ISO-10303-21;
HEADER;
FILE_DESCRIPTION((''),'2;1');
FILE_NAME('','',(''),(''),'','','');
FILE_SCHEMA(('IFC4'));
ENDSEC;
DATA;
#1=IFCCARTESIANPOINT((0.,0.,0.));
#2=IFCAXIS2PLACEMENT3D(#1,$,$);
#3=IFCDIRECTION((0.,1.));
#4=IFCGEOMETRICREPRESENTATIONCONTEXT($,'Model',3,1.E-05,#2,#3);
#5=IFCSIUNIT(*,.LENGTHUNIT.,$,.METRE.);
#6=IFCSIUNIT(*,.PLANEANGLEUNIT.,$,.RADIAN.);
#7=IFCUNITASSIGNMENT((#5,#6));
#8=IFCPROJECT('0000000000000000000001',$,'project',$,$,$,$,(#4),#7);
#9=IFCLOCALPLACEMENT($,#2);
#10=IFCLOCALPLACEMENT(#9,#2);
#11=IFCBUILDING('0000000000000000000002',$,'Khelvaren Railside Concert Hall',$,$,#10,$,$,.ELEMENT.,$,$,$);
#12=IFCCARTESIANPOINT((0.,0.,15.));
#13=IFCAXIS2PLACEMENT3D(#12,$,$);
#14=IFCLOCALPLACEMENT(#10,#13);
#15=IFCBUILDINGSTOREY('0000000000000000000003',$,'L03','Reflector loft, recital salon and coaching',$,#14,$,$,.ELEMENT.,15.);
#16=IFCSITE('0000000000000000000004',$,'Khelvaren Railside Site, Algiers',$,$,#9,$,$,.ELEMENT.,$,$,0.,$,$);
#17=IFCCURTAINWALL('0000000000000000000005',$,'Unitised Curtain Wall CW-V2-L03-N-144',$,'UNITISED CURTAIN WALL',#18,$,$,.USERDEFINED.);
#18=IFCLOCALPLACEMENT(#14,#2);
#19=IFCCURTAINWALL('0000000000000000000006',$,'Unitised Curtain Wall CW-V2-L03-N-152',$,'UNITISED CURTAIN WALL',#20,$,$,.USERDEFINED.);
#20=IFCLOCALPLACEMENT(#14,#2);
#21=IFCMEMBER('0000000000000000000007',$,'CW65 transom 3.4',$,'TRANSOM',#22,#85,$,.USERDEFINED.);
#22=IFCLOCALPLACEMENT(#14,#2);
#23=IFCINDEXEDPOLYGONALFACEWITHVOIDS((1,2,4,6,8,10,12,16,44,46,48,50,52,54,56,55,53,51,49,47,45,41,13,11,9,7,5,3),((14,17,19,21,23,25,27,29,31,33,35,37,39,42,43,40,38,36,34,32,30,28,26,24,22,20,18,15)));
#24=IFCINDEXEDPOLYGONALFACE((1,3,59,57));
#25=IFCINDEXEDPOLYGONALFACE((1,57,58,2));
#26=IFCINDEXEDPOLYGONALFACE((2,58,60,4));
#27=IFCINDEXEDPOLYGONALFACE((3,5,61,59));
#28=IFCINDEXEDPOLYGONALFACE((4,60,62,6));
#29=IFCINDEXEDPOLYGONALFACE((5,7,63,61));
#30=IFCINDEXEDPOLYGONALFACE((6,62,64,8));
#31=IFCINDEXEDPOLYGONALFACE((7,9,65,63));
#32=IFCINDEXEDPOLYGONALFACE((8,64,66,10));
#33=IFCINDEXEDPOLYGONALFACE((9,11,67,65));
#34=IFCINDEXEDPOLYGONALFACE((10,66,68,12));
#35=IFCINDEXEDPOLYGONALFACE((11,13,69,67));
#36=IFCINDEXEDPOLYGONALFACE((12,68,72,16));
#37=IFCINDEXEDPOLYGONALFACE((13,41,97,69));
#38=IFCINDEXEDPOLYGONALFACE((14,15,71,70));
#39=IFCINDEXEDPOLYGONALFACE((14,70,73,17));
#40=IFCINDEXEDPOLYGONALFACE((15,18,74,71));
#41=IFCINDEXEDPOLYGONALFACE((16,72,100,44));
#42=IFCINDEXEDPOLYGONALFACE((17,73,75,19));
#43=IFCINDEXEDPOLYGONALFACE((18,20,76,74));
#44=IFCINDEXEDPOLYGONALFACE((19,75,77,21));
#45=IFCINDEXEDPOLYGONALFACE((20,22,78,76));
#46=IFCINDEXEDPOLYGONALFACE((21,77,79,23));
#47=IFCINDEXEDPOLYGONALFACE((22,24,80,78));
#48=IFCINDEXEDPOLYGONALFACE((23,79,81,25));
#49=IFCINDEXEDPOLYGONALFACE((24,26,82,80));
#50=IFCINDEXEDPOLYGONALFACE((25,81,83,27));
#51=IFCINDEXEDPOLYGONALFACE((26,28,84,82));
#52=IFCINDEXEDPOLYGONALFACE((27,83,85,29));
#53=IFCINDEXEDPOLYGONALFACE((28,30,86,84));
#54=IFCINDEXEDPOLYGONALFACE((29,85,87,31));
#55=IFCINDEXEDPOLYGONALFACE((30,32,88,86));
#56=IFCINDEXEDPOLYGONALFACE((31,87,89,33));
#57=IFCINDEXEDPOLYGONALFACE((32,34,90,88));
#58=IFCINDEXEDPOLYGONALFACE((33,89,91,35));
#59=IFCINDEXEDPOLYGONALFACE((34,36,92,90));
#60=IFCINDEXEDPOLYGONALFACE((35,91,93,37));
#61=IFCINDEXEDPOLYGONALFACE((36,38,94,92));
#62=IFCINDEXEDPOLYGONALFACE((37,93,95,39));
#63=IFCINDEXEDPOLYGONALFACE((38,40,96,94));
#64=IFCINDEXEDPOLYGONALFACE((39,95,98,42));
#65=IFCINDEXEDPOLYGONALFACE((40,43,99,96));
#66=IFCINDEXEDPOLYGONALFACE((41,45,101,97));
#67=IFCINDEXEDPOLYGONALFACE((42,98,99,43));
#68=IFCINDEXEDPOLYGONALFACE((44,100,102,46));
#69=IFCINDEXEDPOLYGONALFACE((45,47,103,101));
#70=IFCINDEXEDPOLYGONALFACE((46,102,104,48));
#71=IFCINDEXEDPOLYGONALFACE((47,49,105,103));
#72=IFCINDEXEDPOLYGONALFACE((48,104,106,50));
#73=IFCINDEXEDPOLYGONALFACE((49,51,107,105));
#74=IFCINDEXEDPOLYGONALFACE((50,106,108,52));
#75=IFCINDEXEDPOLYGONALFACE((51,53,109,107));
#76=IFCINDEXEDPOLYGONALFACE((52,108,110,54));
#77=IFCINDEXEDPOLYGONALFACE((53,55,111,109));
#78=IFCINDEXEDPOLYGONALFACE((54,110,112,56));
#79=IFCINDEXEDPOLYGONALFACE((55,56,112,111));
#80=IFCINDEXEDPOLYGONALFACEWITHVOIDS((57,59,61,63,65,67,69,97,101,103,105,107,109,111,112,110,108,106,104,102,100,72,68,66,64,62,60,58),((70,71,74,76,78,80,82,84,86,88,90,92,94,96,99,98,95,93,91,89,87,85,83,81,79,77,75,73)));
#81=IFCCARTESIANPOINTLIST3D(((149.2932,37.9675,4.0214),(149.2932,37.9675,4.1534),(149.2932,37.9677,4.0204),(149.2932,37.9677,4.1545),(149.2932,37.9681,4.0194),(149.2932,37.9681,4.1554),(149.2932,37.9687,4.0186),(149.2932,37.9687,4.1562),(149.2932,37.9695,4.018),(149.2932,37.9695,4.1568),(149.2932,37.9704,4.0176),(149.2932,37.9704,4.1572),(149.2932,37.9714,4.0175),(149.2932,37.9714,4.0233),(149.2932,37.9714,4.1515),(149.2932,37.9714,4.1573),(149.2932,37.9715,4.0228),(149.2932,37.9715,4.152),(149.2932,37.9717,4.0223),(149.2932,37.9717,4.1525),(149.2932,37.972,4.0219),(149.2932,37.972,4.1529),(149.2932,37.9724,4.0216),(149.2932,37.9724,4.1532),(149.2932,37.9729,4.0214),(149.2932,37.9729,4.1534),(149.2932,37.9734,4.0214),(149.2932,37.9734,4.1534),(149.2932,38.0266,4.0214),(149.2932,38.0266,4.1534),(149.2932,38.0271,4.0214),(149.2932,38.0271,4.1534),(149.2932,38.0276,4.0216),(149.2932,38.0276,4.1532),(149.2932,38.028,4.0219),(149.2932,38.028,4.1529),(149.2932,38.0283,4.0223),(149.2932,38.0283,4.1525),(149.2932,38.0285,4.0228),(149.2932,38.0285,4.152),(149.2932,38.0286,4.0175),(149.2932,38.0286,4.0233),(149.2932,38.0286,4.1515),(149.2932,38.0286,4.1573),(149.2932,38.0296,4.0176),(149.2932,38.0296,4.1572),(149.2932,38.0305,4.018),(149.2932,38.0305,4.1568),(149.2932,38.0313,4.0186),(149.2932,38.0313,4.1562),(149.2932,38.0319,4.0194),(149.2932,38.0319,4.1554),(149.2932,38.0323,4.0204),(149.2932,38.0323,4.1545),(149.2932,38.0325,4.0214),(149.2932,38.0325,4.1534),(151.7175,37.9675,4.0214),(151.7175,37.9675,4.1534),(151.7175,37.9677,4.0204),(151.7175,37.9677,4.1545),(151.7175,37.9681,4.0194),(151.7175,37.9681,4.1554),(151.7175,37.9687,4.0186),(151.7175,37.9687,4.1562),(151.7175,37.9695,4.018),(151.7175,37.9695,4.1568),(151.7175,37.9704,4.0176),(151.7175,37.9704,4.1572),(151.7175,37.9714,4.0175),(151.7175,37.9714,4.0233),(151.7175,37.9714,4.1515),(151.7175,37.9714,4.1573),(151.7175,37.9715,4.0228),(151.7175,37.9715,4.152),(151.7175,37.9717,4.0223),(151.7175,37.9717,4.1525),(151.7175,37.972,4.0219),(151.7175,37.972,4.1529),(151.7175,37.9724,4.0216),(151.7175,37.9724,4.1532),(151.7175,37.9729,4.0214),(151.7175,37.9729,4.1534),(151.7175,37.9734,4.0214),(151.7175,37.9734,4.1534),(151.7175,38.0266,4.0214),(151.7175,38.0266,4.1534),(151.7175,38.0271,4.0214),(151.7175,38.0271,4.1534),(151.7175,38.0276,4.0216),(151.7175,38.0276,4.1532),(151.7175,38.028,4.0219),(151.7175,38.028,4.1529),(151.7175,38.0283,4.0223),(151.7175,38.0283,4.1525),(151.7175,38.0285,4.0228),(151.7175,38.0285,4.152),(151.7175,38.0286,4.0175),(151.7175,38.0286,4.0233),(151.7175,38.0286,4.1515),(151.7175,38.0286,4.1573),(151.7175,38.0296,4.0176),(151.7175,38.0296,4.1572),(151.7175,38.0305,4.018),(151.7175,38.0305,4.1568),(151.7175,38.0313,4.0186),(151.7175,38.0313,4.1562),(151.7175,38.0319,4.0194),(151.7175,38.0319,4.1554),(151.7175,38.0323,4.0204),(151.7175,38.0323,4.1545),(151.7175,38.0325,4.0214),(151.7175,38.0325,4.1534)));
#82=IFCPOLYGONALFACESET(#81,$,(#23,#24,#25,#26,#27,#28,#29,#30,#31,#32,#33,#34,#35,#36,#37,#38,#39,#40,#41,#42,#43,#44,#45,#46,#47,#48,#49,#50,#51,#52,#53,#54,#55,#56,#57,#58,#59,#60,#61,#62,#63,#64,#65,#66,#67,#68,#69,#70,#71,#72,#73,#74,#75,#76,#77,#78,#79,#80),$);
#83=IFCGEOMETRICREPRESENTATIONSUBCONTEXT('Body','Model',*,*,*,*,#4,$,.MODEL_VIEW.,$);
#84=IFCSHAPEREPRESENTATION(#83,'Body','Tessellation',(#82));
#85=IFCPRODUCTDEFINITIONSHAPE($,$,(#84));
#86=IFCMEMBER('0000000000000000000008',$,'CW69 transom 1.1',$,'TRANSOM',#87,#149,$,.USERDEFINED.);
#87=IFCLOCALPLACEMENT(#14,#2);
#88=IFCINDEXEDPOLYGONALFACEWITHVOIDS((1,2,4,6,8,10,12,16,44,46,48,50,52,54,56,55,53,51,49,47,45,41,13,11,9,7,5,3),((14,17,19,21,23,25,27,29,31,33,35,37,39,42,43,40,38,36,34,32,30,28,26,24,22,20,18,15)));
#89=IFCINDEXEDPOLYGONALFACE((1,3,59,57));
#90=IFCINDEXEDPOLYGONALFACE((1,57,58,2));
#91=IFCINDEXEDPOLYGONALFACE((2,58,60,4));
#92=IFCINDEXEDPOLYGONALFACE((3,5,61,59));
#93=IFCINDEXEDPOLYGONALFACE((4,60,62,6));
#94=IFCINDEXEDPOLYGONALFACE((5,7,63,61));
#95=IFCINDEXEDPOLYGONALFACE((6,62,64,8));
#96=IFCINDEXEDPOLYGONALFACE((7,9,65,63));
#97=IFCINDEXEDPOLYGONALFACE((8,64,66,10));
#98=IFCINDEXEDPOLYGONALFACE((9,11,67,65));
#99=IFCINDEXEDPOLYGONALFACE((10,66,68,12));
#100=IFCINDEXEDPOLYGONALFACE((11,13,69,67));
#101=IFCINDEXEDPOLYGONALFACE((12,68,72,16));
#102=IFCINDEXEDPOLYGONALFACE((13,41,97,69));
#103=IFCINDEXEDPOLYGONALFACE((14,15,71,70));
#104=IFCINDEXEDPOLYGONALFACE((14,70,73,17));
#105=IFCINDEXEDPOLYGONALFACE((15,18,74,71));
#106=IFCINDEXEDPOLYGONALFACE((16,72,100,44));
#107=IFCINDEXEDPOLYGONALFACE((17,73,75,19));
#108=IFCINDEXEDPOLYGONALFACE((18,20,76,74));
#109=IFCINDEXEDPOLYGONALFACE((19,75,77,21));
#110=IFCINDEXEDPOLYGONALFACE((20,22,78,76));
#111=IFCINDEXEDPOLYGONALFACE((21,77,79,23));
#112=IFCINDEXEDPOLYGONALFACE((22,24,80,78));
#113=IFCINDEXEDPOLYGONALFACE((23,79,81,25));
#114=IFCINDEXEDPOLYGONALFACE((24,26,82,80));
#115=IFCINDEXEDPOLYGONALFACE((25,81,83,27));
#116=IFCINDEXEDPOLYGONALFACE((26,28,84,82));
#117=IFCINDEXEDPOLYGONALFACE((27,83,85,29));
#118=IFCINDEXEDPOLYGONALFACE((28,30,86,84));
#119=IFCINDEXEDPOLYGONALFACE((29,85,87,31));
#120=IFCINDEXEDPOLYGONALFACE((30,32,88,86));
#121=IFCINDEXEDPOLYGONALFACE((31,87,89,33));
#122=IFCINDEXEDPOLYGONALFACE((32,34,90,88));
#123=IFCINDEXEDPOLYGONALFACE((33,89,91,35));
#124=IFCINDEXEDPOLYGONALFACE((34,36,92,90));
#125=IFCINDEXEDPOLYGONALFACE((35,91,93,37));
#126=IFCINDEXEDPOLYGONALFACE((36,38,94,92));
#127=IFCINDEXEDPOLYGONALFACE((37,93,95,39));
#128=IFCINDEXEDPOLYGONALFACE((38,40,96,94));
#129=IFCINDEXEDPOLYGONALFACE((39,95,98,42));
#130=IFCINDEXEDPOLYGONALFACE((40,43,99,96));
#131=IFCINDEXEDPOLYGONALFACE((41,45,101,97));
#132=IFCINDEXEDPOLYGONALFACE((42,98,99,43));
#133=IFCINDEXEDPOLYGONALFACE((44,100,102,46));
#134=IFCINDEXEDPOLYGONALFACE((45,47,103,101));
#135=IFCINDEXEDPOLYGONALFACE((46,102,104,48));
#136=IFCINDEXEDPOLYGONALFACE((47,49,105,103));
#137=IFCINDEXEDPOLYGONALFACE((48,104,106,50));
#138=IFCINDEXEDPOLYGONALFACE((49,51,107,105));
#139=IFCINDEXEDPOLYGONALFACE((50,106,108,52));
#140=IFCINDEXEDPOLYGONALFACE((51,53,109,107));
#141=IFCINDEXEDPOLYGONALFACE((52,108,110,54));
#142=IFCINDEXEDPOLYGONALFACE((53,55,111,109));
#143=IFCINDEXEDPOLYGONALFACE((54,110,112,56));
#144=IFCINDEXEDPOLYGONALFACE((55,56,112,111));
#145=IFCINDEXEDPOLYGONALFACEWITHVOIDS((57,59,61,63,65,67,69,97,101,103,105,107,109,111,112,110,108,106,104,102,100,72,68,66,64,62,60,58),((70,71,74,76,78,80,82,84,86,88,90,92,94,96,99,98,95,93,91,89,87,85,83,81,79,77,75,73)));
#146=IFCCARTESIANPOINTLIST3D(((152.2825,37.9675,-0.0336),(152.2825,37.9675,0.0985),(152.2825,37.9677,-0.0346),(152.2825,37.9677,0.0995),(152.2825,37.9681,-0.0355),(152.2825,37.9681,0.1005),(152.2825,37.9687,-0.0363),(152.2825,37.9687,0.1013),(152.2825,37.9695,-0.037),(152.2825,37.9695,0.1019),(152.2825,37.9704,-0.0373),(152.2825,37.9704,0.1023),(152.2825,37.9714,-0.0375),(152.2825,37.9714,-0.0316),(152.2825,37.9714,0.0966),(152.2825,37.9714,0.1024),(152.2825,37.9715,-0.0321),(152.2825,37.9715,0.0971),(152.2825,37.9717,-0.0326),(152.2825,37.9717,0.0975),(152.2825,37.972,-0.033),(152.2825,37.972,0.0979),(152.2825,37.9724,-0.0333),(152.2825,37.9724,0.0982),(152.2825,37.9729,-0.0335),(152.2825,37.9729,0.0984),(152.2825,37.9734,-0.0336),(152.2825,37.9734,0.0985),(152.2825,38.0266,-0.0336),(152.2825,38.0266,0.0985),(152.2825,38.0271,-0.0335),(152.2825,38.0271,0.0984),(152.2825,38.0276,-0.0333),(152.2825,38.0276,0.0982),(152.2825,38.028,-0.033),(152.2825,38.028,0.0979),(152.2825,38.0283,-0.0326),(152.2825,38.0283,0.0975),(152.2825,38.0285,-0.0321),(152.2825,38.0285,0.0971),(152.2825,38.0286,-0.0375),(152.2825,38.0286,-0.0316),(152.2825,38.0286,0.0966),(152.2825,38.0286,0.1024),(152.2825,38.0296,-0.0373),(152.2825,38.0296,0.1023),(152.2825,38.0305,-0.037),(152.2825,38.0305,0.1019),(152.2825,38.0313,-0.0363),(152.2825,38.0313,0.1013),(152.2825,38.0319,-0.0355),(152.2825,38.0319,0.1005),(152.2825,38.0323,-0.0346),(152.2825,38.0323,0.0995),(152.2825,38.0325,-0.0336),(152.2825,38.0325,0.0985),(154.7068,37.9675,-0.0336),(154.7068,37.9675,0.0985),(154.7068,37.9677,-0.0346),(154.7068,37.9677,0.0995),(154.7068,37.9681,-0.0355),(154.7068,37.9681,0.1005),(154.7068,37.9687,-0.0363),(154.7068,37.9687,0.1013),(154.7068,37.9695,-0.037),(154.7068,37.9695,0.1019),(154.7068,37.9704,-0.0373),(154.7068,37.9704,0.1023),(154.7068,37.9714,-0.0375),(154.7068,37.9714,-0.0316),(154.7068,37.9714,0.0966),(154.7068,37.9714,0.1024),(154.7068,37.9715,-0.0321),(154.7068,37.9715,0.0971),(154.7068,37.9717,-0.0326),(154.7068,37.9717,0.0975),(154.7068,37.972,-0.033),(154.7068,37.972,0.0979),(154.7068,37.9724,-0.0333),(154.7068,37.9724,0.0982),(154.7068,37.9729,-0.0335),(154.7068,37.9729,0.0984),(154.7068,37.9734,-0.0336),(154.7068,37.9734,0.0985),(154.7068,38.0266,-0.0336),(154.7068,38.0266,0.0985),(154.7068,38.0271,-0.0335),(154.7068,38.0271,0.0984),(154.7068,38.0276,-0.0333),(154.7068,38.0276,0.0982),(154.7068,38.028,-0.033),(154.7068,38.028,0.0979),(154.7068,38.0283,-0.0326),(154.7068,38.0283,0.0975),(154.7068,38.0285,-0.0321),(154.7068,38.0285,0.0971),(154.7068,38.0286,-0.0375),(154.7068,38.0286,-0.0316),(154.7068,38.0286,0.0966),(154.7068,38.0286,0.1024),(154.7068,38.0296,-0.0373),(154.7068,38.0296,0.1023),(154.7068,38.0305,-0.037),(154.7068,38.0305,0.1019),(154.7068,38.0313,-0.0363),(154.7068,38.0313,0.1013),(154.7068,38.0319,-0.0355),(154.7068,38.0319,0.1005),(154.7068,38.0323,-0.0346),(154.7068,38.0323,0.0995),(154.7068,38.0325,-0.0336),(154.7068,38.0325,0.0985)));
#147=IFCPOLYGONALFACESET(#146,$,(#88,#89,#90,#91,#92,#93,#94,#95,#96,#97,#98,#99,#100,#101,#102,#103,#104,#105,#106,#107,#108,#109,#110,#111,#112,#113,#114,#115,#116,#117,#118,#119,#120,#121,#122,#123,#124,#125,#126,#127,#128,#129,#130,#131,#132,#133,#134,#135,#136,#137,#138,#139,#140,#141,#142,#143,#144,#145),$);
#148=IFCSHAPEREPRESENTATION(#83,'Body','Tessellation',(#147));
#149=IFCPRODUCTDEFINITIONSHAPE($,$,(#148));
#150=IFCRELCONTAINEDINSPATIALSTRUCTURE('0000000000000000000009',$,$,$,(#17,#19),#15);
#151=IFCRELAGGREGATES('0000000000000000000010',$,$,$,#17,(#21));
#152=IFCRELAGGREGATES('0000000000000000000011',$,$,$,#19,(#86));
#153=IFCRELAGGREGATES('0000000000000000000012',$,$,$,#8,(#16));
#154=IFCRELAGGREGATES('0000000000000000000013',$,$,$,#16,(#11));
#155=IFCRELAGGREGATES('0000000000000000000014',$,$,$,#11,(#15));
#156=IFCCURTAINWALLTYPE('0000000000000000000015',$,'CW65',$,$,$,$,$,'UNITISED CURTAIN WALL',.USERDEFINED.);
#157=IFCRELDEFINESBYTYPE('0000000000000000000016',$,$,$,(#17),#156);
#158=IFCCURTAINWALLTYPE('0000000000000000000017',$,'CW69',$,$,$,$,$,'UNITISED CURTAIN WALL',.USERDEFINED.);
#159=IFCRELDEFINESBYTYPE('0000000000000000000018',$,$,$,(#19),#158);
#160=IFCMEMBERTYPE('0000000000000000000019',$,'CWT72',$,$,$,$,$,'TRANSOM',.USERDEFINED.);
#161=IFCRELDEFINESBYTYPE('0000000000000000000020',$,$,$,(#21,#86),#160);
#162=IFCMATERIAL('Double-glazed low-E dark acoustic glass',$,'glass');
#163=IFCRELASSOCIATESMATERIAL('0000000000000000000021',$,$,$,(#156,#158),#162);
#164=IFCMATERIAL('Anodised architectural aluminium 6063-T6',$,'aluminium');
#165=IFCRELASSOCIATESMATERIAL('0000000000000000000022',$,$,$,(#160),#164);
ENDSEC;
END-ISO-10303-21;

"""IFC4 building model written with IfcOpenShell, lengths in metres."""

from ifc_helpers import new_model, si_unit, direction, frame, origin, origin_2d, place, context, subcontext, project, spatial, hollow_rectangle, extrude, material, material_profile, profile_set, type_object, element, aggregate, save


model = new_model("IFC4")

# Units and contexts
model_context = context("Model", 3, precision=1e-05, world=origin(), true_north=direction((0.0, 1.0)))
body_context = subcontext(model_context, "Body", "Model", "MODEL_VIEW")
ifc_project = project(units=[si_unit("LENGTHUNIT", "METRE"), si_unit("PLANEANGLEUNIT", "RADIAN")], contexts=[model_context])

# Site, building, storey
site_placement = place(None, origin())
site = spatial("IfcSite", under=ifc_project, at=site_placement, Name="Khelvaren Railside Site, Algiers", CompositionType="ELEMENT", RefElevation=0.0)
building_placement = place(site_placement, origin())
building = spatial("IfcBuilding", under=site, at=building_placement, Name="Khelvaren Railside Concert Hall", CompositionType="ELEMENT")
storey_placement = place(building_placement, frame((0.0, 0.0, 15.0)))
storey = spatial("IfcBuildingStorey", under=building, at=storey_placement, Name="L03", Description="Reflector loft, recital salon and coaching", CompositionType="ELEMENT", Elevation=15.0)

# Curtain walls
ifc_material_1 = material(Name="Double-glazed low-E dark acoustic glass", Category="glass")
curtain_wall_type_1 = type_object("IfcCurtainWallType", Name="CW65", ElementType="UNITISED CURTAIN WALL", PredefinedType="USERDEFINED", material=ifc_material_1)
curtain_wall_1_placement = place(storey_placement, origin())
curtain_wall_1 = element("IfcCurtainWall", 1, at=curtain_wall_1_placement, inside=storey, type_object=curtain_wall_type_1, Name="Unitised Curtain Wall CW-V2-L03-N-144", ObjectType="UNITISED CURTAIN WALL", PredefinedType="USERDEFINED")
ifc_material_2 = material(Name="Anodised architectural aluminium 6063-T6", Category="aluminium")
curtain_wall_type_2 = type_object("IfcCurtainWallType", Name="CW69", ElementType="UNITISED CURTAIN WALL", PredefinedType="USERDEFINED", material=ifc_material_1)
curtain_wall_2_placement = place(storey_placement, origin())
curtain_wall_2 = element("IfcCurtainWall", 2, at=curtain_wall_2_placement, inside=storey, type_object=curtain_wall_type_2, Name="Unitised Curtain Wall CW-V2-L03-N-152", ObjectType="UNITISED CURTAIN WALL", PredefinedType="USERDEFINED")

# Members
ifc_material_profile_1 = material_profile(ifc_material_2, hollow_rectangle(XDim=0.0649, YDim=0.1399, WallThickness=0.0039, InnerFilletRadius=0.002, OuterFilletRadius=0.0039, at=origin_2d()), Name="CWT 65x140x4")
ifc_profile_set_1 = profile_set([ifc_material_profile_1], Name="Anodised architectural aluminium 6063-T6")
member_type_1 = type_object("IfcMemberType", Name="CWT72", ElementType="TRANSOM", PredefinedType="USERDEFINED", material=ifc_profile_set_1)
member_1_placement = place(storey_placement, frame((149.2932, 38.0, 4.0874), z_axis=(1.0, 0.0, 0.0), x_axis=(0.0, 1.0, 0.0)))
member_1 = element("IfcMember", 3, at=member_1_placement, type_object=member_type_1, Name="CW65 transom 3.4", ObjectType="TRANSOM", PredefinedType="USERDEFINED", context=body_context, shape_type="SweptSolid", body=[
    extrude(hollow_rectangle(XDim=0.0649, YDim=0.1399, WallThickness=0.0039, InnerFilletRadius=0.002, OuterFilletRadius=0.0039, at=origin_2d()), origin(), (0.0, 0.0, 1.0), 2.4243),
])
member_2_placement = place(storey_placement, frame((152.2825, 38.0, 0.0325), z_axis=(1.0, 0.0, 0.0), x_axis=(0.0, 1.0, 0.0)))
member_2 = element("IfcMember", 4, at=member_2_placement, type_object=member_type_1, Name="CW69 transom 1.1", ObjectType="TRANSOM", PredefinedType="USERDEFINED", context=body_context, shape_type="SweptSolid", body=[
    extrude(hollow_rectangle(XDim=0.0649, YDim=0.1399, WallThickness=0.0039, InnerFilletRadius=0.002, OuterFilletRadius=0.0039, at=origin_2d()), origin(), (0.0, 0.0, 1.0), 2.4243),
])

aggregate(curtain_wall_1, [member_1])
aggregate(curtain_wall_2, [member_2])

save(model, "model.ifc")
